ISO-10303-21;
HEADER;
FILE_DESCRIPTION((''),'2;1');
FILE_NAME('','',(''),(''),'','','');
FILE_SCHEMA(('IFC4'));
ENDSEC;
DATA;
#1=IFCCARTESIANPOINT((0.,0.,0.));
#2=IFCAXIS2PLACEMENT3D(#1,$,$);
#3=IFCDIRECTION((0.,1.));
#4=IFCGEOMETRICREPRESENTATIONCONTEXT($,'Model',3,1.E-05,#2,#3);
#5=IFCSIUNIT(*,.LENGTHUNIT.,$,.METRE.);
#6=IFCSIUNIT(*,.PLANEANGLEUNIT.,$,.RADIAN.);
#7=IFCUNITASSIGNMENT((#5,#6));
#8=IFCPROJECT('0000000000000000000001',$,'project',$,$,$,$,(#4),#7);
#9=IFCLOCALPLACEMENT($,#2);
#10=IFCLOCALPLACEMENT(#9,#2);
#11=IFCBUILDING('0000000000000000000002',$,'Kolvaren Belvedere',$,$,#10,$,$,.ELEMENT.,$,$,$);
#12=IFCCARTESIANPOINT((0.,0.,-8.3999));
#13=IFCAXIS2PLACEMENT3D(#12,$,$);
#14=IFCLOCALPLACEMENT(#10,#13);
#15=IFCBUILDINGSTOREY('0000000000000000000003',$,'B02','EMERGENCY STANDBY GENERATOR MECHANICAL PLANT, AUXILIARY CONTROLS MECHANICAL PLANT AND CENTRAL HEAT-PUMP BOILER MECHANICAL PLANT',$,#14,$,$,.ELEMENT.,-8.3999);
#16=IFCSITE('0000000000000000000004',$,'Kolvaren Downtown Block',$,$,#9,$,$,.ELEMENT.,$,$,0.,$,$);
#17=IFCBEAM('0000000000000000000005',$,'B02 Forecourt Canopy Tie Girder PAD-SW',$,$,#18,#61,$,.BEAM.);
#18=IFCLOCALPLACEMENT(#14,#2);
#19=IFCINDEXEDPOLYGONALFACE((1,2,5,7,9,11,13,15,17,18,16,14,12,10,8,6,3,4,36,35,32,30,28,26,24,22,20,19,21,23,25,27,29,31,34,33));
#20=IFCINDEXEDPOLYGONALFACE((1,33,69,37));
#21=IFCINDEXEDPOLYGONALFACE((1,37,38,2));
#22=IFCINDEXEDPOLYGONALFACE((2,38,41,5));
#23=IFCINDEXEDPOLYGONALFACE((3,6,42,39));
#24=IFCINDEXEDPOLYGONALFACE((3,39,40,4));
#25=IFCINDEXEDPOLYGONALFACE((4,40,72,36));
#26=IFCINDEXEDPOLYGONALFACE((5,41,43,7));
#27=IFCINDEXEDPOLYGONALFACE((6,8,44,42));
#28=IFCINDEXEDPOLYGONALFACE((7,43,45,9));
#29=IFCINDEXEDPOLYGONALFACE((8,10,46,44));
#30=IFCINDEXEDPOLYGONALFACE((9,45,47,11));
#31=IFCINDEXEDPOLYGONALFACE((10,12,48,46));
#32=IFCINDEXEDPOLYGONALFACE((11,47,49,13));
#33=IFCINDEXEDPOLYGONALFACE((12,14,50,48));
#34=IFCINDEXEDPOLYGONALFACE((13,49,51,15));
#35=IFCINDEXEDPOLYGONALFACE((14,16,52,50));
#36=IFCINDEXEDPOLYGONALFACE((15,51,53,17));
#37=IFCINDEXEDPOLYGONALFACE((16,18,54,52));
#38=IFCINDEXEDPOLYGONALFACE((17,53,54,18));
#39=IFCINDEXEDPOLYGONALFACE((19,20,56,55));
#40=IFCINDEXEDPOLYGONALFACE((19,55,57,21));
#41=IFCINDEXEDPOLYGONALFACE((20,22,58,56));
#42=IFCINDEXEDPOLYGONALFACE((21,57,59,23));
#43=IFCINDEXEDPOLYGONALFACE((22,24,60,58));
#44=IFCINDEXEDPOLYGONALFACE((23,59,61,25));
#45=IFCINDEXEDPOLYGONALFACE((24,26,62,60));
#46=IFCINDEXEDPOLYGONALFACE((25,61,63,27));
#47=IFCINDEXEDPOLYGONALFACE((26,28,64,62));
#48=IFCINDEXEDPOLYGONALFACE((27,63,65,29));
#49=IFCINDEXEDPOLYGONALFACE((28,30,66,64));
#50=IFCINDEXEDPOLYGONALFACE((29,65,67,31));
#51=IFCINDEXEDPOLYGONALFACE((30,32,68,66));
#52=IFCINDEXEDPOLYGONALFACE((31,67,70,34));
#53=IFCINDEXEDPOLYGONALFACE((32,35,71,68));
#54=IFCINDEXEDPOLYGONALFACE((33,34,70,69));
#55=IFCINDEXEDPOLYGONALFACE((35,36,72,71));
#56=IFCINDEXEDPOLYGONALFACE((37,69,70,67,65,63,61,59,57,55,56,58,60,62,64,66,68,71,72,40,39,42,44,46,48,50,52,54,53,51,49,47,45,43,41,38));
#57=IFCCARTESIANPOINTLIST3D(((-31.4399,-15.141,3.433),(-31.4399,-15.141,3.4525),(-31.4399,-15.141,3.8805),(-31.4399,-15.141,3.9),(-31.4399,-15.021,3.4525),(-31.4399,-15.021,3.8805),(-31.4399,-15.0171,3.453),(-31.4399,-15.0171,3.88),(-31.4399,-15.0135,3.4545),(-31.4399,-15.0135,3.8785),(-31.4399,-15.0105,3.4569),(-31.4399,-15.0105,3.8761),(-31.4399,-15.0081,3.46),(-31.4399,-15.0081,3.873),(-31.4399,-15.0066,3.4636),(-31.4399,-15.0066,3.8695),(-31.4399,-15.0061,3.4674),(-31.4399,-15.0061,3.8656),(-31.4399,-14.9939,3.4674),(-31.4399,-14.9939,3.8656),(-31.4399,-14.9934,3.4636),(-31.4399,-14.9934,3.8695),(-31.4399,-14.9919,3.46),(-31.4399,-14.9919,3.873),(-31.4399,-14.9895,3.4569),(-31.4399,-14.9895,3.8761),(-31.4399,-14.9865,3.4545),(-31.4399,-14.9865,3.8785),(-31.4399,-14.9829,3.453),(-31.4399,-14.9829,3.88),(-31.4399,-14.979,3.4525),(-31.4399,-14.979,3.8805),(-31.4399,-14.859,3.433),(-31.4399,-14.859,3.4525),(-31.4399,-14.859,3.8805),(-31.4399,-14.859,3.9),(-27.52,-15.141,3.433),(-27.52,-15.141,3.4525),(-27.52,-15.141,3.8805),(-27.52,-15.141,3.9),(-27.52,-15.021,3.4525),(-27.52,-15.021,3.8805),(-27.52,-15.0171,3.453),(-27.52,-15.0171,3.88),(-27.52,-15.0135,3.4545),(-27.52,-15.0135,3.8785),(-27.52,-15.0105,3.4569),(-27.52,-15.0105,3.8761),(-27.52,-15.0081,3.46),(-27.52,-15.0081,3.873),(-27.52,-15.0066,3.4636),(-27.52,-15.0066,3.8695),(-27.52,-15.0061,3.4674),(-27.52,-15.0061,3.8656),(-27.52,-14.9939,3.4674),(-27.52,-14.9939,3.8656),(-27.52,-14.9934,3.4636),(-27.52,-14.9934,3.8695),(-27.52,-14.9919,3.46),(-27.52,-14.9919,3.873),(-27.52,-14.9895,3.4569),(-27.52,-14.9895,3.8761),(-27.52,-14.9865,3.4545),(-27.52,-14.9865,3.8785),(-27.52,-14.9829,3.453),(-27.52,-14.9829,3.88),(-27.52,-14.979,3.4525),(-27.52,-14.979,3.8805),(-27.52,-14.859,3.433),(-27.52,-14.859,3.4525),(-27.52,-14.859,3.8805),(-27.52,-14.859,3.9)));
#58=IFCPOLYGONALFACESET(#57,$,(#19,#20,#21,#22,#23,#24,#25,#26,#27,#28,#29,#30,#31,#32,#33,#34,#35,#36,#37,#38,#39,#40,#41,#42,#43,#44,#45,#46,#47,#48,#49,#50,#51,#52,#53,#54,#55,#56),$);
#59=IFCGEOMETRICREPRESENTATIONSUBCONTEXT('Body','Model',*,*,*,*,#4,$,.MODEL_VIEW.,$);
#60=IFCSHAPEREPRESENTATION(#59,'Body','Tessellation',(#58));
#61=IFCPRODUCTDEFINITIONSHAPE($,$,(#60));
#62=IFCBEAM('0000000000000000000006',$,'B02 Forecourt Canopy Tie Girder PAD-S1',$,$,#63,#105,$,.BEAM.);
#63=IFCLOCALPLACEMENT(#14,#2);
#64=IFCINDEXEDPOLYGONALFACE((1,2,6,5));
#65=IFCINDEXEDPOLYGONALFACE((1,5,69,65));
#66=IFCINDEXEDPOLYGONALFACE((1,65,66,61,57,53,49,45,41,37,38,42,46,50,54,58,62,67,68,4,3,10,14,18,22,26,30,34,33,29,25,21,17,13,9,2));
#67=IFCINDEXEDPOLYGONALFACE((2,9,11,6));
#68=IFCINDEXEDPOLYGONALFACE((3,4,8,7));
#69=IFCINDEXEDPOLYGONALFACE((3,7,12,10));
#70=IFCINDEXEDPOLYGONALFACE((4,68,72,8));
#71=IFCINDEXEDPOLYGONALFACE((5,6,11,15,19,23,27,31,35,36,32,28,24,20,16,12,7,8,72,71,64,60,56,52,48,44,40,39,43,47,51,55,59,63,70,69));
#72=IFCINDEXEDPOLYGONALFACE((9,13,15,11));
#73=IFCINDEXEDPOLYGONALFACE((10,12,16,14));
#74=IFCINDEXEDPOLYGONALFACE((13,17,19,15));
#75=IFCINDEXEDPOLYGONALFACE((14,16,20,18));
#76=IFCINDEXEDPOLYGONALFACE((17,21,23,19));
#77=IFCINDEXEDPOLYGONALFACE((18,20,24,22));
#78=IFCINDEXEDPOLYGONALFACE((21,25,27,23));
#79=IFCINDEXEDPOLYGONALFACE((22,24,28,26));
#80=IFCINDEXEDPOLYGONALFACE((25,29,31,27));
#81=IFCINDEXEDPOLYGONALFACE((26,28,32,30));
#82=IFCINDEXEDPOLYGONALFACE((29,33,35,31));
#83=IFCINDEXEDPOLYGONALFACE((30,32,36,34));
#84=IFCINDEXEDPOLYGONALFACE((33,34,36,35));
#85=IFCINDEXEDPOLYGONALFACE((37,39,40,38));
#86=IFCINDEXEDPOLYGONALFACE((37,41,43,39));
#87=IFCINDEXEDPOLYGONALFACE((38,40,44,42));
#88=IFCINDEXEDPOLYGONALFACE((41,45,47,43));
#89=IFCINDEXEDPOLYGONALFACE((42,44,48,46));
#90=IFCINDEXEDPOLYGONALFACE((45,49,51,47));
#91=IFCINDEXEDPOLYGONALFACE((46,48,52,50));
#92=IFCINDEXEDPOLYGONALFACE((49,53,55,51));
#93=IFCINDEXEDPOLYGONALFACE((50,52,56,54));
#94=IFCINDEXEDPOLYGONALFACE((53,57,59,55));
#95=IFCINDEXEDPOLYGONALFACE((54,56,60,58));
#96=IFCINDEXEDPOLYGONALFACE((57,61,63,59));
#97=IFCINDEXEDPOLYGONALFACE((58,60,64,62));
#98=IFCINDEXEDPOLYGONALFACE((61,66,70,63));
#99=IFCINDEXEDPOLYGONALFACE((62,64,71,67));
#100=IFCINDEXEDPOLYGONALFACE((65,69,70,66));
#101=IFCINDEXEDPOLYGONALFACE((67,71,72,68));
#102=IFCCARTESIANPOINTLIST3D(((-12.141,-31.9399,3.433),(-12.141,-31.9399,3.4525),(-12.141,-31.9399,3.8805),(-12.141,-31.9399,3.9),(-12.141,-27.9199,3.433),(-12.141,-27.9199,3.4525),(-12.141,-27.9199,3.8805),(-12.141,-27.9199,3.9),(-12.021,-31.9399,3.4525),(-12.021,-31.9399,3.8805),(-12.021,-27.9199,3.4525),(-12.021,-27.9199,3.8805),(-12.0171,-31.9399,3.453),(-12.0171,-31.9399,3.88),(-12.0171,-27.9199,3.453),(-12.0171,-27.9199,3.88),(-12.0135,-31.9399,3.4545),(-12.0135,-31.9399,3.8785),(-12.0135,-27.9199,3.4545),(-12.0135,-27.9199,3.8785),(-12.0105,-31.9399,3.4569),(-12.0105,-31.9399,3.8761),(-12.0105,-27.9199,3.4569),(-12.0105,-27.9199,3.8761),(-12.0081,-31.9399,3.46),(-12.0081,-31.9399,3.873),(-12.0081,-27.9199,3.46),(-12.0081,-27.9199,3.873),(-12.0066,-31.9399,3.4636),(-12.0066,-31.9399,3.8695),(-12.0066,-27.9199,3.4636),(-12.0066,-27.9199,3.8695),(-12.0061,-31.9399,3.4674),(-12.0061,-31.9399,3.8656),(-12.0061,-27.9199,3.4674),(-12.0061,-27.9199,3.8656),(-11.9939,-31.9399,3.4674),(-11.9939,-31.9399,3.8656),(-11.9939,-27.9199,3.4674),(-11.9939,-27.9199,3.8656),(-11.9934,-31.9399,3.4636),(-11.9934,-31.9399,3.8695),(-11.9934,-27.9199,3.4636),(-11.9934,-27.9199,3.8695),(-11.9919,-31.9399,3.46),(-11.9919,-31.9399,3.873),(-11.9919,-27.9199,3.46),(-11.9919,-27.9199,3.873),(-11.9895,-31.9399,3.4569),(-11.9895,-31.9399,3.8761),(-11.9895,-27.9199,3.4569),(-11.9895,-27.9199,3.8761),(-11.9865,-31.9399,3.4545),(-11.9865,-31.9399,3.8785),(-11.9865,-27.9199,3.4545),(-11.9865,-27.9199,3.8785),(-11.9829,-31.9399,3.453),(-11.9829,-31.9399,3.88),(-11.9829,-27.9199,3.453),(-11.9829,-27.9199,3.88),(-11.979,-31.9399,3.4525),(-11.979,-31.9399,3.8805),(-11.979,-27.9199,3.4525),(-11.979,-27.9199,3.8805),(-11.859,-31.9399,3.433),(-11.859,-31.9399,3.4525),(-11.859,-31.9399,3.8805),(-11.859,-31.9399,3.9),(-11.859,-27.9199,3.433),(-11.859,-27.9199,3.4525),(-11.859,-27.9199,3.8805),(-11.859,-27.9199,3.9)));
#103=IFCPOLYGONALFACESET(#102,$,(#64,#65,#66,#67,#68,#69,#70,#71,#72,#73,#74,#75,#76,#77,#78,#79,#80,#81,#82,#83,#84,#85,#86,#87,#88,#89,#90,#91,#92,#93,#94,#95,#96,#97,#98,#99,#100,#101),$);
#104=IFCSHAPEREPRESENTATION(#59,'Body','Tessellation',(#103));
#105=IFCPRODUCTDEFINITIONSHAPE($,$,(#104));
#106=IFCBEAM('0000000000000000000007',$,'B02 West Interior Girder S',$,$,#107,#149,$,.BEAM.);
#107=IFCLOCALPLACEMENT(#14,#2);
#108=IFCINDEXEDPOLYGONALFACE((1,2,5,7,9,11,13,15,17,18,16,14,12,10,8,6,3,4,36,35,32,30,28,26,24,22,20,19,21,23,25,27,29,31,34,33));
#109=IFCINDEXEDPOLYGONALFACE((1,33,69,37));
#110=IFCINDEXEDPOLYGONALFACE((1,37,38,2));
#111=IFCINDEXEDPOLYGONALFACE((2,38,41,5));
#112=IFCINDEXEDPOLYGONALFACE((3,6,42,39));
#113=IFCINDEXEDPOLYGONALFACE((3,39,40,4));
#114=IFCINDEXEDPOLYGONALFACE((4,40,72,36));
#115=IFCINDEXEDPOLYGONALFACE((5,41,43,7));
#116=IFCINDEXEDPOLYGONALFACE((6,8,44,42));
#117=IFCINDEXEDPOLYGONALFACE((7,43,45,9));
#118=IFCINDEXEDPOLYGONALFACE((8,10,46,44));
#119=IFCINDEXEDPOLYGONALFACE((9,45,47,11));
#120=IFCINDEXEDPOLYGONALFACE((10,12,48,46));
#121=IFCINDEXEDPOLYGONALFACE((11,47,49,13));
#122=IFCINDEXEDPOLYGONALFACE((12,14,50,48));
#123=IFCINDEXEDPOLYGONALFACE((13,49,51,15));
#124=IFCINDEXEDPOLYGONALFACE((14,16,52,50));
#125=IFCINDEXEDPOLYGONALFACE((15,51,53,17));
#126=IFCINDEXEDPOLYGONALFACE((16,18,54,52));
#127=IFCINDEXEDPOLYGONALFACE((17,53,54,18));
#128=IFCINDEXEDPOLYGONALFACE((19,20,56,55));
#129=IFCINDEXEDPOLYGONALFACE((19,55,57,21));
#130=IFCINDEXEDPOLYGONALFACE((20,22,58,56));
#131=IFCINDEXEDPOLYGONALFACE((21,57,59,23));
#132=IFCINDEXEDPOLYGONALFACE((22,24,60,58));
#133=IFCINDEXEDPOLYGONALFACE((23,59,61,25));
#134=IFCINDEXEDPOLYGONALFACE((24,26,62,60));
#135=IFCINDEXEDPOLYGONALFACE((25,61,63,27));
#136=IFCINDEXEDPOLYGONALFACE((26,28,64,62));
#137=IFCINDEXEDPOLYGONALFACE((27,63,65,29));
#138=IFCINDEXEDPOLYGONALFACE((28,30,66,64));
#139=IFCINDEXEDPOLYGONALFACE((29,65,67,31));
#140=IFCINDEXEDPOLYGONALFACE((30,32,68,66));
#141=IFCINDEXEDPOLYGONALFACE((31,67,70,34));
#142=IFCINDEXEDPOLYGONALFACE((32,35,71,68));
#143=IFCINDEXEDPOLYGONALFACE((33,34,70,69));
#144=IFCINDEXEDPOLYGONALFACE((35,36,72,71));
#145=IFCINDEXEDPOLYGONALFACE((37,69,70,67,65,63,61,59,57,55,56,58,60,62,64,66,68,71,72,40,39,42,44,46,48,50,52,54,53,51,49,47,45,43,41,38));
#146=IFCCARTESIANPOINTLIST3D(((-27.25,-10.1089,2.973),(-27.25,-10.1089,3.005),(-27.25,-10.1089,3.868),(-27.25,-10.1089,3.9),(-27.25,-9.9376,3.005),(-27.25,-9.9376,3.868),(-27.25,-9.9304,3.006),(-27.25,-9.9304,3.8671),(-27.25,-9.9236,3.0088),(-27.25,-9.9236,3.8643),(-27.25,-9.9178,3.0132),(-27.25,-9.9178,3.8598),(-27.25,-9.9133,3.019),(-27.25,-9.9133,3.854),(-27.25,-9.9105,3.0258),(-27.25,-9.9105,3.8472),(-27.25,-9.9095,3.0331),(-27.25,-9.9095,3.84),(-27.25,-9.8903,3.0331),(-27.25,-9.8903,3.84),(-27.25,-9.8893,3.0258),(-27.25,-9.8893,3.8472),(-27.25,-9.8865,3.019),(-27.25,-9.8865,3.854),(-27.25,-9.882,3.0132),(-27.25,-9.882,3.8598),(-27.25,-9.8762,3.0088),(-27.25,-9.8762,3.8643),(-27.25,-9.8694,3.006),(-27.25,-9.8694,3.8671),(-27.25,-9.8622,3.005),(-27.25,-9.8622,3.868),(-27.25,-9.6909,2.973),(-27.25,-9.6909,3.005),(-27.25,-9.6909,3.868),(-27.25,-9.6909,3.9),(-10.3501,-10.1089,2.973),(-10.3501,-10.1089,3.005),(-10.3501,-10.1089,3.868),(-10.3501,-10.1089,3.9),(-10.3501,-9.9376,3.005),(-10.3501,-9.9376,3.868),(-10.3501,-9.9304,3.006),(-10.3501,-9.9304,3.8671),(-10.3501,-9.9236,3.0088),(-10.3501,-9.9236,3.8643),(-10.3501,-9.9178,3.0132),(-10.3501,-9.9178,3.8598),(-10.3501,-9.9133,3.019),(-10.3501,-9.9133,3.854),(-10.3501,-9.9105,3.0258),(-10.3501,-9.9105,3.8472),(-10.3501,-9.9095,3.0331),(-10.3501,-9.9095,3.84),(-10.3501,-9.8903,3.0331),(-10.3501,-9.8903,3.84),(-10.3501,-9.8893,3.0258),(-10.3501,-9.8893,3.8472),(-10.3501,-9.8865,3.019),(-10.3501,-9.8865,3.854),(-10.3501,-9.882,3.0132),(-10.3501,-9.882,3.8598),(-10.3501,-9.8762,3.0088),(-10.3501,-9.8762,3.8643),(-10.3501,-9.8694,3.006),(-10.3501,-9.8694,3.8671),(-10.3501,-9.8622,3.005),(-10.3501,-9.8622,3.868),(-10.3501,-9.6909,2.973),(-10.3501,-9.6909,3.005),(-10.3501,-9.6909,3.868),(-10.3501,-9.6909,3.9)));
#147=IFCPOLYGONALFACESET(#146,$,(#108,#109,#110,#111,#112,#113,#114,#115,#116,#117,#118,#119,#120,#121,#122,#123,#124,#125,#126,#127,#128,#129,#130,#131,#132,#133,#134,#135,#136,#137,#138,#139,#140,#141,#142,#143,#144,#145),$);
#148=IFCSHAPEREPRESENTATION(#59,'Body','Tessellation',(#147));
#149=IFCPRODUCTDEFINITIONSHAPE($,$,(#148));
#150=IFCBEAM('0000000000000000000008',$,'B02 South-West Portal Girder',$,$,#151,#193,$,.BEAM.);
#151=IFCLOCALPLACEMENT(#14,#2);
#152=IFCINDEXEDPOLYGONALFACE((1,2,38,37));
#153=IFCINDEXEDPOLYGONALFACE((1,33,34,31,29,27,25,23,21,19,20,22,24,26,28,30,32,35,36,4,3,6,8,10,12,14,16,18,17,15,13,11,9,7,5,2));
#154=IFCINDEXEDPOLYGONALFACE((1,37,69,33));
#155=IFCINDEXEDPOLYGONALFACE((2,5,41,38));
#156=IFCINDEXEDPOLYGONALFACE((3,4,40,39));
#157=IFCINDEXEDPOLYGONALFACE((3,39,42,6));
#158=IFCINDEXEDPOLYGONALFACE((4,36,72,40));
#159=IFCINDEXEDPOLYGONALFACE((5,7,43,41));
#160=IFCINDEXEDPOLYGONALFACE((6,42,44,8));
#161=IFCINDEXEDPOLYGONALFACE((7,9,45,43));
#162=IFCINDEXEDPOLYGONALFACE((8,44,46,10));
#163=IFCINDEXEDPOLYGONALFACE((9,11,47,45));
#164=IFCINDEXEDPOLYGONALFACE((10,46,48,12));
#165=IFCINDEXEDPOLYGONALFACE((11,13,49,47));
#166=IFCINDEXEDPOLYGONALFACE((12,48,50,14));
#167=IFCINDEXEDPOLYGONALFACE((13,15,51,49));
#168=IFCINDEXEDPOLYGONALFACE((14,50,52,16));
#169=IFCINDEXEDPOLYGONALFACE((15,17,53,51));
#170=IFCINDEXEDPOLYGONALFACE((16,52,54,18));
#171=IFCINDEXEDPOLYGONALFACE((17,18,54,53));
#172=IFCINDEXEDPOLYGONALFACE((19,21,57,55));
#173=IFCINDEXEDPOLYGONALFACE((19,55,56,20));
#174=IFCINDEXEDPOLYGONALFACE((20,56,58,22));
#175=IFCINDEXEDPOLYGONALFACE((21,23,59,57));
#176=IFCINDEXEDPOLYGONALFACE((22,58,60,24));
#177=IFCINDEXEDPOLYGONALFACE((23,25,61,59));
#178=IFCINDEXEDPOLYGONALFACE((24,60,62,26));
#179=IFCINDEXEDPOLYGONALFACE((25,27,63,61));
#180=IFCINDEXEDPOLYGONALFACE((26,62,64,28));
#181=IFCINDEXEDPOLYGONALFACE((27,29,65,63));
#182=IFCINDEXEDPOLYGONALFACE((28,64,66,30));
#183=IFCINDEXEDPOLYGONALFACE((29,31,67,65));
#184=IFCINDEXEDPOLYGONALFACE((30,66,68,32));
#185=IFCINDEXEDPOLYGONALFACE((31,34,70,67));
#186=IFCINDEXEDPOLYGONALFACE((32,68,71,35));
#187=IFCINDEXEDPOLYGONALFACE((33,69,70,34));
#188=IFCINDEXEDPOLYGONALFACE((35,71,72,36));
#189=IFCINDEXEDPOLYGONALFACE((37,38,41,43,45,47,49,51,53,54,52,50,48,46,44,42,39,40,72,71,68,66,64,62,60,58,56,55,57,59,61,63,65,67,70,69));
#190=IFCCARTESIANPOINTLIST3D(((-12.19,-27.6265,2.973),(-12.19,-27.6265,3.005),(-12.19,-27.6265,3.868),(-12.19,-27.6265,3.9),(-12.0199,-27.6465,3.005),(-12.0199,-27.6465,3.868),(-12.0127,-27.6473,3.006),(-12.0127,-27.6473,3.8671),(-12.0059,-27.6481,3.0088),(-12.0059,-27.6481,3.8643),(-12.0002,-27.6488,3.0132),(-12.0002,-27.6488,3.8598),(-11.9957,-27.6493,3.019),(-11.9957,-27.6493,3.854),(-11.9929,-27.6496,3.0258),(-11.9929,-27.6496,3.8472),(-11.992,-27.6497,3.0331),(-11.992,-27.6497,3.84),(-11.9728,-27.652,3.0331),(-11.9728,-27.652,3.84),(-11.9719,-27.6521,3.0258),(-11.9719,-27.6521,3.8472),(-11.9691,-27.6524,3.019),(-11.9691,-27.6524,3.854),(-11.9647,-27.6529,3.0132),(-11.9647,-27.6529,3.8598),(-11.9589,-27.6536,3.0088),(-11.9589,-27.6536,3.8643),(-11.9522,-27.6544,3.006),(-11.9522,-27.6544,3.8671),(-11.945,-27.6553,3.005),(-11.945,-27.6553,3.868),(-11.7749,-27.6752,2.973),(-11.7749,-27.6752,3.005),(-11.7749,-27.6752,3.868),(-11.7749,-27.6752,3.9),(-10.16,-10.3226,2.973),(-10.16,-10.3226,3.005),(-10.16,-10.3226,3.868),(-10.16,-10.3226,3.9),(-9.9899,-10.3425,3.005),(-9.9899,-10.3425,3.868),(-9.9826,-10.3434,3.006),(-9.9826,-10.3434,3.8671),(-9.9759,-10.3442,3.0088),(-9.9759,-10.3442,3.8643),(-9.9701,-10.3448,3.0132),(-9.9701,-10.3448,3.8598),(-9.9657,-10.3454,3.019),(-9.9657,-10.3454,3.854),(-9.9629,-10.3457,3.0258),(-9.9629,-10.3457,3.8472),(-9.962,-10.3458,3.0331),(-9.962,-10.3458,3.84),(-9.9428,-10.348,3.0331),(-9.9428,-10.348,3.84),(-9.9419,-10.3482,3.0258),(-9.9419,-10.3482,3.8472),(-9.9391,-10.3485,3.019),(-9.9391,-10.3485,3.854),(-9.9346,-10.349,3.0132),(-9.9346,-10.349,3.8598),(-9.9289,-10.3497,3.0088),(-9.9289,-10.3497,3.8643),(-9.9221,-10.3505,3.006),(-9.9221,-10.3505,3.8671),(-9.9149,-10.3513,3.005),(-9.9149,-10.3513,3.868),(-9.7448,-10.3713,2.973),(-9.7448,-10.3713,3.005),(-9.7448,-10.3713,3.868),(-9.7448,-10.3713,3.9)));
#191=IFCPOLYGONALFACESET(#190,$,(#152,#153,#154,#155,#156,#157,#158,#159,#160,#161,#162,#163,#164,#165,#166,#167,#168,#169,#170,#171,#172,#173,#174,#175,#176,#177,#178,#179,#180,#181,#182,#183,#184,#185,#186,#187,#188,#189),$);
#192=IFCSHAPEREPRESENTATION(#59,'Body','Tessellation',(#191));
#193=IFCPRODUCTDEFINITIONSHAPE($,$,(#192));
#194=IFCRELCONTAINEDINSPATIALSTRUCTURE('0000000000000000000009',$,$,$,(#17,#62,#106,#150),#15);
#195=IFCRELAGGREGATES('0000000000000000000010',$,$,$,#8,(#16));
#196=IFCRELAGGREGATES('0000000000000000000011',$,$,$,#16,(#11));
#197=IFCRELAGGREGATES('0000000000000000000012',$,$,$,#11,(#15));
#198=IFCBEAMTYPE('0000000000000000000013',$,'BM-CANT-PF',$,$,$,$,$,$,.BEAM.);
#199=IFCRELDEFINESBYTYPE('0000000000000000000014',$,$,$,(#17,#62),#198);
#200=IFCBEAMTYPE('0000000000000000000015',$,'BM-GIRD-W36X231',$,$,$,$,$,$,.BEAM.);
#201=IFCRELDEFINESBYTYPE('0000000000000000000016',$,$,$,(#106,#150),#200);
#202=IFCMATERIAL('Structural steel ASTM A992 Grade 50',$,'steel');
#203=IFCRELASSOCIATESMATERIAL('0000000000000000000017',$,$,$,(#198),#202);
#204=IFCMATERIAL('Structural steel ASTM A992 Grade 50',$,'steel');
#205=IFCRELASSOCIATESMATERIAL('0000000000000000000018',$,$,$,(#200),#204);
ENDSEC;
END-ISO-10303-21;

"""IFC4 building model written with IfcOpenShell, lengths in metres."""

from ifc_helpers import new_model, si_unit, direction, frame, origin, origin_2d, place, context, subcontext, project, spatial, i_section, extrude, material, material_profile, profile_set, type_object, element, save


model = new_model("IFC4")

# Units and contexts
model_context = context("Model", 3, precision=1e-05, world=origin(), true_north=direction((0.0, 1.0)))
body_context = subcontext(model_context, "Body", "Model", "MODEL_VIEW")
ifc_project = project(units=[si_unit("LENGTHUNIT", "METRE"), si_unit("PLANEANGLEUNIT", "RADIAN")], contexts=[model_context])

# Site, building, storey
site_placement = place(None, origin())
site = spatial("IfcSite", under=ifc_project, at=site_placement, Name="Kolvaren Downtown Block", CompositionType="ELEMENT", RefElevation=0.0)
building_placement = place(site_placement, origin())
building = spatial("IfcBuilding", under=site, at=building_placement, Name="Kolvaren Belvedere", CompositionType="ELEMENT")
storey_placement = place(building_placement, frame((0.0, 0.0, -8.3999)))
storey = spatial("IfcBuildingStorey", under=building, at=storey_placement, Name="B02", Description="EMERGENCY STANDBY GENERATOR MECHANICAL PLANT, AUXILIARY CONTROLS MECHANICAL PLANT AND CENTRAL HEAT-PUMP BOILER MECHANICAL PLANT", CompositionType="ELEMENT", Elevation=-8.3999)

# Beams
ifc_material_1 = material(Name="Structural steel ASTM A992 Grade 50", Category="steel")
ifc_material_profile_1 = material_profile(ifc_material_1, i_section(OverallWidth=0.282, OverallDepth=0.467, WebThickness=0.0122, FlangeThickness=0.0195, FilletRadius=0.0149, at=origin_2d()), Name="W18X86")
ifc_profile_set_1 = profile_set([ifc_material_profile_1], Name="Structural steel ASTM A992 Grade 50")
beam_type_1 = type_object("IfcBeamType", Name="BM-CANT-PF", PredefinedType="BEAM", material=ifc_profile_set_1)
beam_1_placement = place(storey_placement, frame((-31.4399, -15.0, 3.6665), z_axis=(1.0, 0.0, 0.0), x_axis=(0.0, 1.0, 0.0)))
element("IfcBeam", 1, at=beam_1_placement, inside=storey, type_object=beam_type_1, Name="B02 Forecourt Canopy Tie Girder PAD-SW", PredefinedType="BEAM", context=body_context, shape_type="SweptSolid", body=[
    extrude(i_section(OverallWidth=0.282, OverallDepth=0.467, WebThickness=0.0122, FlangeThickness=0.0195, FilletRadius=0.0149, at=origin_2d()), origin(), (0.0, 0.0, 1.0), 3.9199),
])
beam_2_placement = place(storey_placement, frame((-12.0, -31.9399, 3.6665), z_axis=(0.0, 1.0, 0.0), x_axis=(-1.0, 0.0, 0.0)))
element("IfcBeam", 2, at=beam_2_placement, inside=storey, type_object=beam_type_1, Name="B02 Forecourt Canopy Tie Girder PAD-S1", PredefinedType="BEAM", context=body_context, shape_type="SweptSolid", body=[
    extrude(i_section(OverallWidth=0.282, OverallDepth=0.467, WebThickness=0.0122, FlangeThickness=0.0195, FilletRadius=0.0149, at=origin_2d()), origin(), (0.0, 0.0, 1.0), 4.02),
])
ifc_material_2 = material(Name="Structural steel ASTM A992 Grade 50", Category="steel")
ifc_material_profile_2 = material_profile(ifc_material_2, i_section(OverallWidth=0.418, OverallDepth=0.927, WebThickness=0.0193, FlangeThickness=0.032, FilletRadius=0.0281, at=origin_2d()), Name="W36X231")
ifc_profile_set_2 = profile_set([ifc_material_profile_2], Name="Structural steel ASTM A992 Grade 50")
beam_type_2 = type_object("IfcBeamType", Name="BM-GIRD-W36X231", PredefinedType="BEAM", material=ifc_profile_set_2)
beam_3_placement = place(storey_placement, frame((-27.25, -9.8999, 3.4365), z_axis=(1.0, 0.0, 0.0), x_axis=(0.0, 1.0, 0.0)))
element("IfcBeam", 3, at=beam_3_placement, inside=storey, type_object=beam_type_2, Name="B02 West Interior Girder S", PredefinedType="BEAM", context=body_context, shape_type="SweptSolid", body=[
    extrude(i_section(OverallWidth=0.418, OverallDepth=0.927, WebThickness=0.0193, FlangeThickness=0.032, FilletRadius=0.0281, at=origin_2d()), origin(), (0.0, 0.0, 1.0), 16.8999),
])
beam_4_placement = place(storey_placement, frame((-9.9524, -10.3469, 3.4365), z_axis=(-0.116517, -0.993189, 0.0), x_axis=(0.993189, -0.116517, 0.0)))
element("IfcBeam", 4, at=beam_4_placement, inside=storey, type_object=beam_type_2, Name="B02 South-West Portal Girder", PredefinedType="BEAM", context=body_context, shape_type="SweptSolid", body=[
    extrude(i_section(OverallWidth=0.418, OverallDepth=0.927, WebThickness=0.0193, FlangeThickness=0.032, FilletRadius=0.0281, at=origin_2d()), origin(), (0.0, 0.0, 1.0), 17.4226),
])

save(model, "model.ifc")
